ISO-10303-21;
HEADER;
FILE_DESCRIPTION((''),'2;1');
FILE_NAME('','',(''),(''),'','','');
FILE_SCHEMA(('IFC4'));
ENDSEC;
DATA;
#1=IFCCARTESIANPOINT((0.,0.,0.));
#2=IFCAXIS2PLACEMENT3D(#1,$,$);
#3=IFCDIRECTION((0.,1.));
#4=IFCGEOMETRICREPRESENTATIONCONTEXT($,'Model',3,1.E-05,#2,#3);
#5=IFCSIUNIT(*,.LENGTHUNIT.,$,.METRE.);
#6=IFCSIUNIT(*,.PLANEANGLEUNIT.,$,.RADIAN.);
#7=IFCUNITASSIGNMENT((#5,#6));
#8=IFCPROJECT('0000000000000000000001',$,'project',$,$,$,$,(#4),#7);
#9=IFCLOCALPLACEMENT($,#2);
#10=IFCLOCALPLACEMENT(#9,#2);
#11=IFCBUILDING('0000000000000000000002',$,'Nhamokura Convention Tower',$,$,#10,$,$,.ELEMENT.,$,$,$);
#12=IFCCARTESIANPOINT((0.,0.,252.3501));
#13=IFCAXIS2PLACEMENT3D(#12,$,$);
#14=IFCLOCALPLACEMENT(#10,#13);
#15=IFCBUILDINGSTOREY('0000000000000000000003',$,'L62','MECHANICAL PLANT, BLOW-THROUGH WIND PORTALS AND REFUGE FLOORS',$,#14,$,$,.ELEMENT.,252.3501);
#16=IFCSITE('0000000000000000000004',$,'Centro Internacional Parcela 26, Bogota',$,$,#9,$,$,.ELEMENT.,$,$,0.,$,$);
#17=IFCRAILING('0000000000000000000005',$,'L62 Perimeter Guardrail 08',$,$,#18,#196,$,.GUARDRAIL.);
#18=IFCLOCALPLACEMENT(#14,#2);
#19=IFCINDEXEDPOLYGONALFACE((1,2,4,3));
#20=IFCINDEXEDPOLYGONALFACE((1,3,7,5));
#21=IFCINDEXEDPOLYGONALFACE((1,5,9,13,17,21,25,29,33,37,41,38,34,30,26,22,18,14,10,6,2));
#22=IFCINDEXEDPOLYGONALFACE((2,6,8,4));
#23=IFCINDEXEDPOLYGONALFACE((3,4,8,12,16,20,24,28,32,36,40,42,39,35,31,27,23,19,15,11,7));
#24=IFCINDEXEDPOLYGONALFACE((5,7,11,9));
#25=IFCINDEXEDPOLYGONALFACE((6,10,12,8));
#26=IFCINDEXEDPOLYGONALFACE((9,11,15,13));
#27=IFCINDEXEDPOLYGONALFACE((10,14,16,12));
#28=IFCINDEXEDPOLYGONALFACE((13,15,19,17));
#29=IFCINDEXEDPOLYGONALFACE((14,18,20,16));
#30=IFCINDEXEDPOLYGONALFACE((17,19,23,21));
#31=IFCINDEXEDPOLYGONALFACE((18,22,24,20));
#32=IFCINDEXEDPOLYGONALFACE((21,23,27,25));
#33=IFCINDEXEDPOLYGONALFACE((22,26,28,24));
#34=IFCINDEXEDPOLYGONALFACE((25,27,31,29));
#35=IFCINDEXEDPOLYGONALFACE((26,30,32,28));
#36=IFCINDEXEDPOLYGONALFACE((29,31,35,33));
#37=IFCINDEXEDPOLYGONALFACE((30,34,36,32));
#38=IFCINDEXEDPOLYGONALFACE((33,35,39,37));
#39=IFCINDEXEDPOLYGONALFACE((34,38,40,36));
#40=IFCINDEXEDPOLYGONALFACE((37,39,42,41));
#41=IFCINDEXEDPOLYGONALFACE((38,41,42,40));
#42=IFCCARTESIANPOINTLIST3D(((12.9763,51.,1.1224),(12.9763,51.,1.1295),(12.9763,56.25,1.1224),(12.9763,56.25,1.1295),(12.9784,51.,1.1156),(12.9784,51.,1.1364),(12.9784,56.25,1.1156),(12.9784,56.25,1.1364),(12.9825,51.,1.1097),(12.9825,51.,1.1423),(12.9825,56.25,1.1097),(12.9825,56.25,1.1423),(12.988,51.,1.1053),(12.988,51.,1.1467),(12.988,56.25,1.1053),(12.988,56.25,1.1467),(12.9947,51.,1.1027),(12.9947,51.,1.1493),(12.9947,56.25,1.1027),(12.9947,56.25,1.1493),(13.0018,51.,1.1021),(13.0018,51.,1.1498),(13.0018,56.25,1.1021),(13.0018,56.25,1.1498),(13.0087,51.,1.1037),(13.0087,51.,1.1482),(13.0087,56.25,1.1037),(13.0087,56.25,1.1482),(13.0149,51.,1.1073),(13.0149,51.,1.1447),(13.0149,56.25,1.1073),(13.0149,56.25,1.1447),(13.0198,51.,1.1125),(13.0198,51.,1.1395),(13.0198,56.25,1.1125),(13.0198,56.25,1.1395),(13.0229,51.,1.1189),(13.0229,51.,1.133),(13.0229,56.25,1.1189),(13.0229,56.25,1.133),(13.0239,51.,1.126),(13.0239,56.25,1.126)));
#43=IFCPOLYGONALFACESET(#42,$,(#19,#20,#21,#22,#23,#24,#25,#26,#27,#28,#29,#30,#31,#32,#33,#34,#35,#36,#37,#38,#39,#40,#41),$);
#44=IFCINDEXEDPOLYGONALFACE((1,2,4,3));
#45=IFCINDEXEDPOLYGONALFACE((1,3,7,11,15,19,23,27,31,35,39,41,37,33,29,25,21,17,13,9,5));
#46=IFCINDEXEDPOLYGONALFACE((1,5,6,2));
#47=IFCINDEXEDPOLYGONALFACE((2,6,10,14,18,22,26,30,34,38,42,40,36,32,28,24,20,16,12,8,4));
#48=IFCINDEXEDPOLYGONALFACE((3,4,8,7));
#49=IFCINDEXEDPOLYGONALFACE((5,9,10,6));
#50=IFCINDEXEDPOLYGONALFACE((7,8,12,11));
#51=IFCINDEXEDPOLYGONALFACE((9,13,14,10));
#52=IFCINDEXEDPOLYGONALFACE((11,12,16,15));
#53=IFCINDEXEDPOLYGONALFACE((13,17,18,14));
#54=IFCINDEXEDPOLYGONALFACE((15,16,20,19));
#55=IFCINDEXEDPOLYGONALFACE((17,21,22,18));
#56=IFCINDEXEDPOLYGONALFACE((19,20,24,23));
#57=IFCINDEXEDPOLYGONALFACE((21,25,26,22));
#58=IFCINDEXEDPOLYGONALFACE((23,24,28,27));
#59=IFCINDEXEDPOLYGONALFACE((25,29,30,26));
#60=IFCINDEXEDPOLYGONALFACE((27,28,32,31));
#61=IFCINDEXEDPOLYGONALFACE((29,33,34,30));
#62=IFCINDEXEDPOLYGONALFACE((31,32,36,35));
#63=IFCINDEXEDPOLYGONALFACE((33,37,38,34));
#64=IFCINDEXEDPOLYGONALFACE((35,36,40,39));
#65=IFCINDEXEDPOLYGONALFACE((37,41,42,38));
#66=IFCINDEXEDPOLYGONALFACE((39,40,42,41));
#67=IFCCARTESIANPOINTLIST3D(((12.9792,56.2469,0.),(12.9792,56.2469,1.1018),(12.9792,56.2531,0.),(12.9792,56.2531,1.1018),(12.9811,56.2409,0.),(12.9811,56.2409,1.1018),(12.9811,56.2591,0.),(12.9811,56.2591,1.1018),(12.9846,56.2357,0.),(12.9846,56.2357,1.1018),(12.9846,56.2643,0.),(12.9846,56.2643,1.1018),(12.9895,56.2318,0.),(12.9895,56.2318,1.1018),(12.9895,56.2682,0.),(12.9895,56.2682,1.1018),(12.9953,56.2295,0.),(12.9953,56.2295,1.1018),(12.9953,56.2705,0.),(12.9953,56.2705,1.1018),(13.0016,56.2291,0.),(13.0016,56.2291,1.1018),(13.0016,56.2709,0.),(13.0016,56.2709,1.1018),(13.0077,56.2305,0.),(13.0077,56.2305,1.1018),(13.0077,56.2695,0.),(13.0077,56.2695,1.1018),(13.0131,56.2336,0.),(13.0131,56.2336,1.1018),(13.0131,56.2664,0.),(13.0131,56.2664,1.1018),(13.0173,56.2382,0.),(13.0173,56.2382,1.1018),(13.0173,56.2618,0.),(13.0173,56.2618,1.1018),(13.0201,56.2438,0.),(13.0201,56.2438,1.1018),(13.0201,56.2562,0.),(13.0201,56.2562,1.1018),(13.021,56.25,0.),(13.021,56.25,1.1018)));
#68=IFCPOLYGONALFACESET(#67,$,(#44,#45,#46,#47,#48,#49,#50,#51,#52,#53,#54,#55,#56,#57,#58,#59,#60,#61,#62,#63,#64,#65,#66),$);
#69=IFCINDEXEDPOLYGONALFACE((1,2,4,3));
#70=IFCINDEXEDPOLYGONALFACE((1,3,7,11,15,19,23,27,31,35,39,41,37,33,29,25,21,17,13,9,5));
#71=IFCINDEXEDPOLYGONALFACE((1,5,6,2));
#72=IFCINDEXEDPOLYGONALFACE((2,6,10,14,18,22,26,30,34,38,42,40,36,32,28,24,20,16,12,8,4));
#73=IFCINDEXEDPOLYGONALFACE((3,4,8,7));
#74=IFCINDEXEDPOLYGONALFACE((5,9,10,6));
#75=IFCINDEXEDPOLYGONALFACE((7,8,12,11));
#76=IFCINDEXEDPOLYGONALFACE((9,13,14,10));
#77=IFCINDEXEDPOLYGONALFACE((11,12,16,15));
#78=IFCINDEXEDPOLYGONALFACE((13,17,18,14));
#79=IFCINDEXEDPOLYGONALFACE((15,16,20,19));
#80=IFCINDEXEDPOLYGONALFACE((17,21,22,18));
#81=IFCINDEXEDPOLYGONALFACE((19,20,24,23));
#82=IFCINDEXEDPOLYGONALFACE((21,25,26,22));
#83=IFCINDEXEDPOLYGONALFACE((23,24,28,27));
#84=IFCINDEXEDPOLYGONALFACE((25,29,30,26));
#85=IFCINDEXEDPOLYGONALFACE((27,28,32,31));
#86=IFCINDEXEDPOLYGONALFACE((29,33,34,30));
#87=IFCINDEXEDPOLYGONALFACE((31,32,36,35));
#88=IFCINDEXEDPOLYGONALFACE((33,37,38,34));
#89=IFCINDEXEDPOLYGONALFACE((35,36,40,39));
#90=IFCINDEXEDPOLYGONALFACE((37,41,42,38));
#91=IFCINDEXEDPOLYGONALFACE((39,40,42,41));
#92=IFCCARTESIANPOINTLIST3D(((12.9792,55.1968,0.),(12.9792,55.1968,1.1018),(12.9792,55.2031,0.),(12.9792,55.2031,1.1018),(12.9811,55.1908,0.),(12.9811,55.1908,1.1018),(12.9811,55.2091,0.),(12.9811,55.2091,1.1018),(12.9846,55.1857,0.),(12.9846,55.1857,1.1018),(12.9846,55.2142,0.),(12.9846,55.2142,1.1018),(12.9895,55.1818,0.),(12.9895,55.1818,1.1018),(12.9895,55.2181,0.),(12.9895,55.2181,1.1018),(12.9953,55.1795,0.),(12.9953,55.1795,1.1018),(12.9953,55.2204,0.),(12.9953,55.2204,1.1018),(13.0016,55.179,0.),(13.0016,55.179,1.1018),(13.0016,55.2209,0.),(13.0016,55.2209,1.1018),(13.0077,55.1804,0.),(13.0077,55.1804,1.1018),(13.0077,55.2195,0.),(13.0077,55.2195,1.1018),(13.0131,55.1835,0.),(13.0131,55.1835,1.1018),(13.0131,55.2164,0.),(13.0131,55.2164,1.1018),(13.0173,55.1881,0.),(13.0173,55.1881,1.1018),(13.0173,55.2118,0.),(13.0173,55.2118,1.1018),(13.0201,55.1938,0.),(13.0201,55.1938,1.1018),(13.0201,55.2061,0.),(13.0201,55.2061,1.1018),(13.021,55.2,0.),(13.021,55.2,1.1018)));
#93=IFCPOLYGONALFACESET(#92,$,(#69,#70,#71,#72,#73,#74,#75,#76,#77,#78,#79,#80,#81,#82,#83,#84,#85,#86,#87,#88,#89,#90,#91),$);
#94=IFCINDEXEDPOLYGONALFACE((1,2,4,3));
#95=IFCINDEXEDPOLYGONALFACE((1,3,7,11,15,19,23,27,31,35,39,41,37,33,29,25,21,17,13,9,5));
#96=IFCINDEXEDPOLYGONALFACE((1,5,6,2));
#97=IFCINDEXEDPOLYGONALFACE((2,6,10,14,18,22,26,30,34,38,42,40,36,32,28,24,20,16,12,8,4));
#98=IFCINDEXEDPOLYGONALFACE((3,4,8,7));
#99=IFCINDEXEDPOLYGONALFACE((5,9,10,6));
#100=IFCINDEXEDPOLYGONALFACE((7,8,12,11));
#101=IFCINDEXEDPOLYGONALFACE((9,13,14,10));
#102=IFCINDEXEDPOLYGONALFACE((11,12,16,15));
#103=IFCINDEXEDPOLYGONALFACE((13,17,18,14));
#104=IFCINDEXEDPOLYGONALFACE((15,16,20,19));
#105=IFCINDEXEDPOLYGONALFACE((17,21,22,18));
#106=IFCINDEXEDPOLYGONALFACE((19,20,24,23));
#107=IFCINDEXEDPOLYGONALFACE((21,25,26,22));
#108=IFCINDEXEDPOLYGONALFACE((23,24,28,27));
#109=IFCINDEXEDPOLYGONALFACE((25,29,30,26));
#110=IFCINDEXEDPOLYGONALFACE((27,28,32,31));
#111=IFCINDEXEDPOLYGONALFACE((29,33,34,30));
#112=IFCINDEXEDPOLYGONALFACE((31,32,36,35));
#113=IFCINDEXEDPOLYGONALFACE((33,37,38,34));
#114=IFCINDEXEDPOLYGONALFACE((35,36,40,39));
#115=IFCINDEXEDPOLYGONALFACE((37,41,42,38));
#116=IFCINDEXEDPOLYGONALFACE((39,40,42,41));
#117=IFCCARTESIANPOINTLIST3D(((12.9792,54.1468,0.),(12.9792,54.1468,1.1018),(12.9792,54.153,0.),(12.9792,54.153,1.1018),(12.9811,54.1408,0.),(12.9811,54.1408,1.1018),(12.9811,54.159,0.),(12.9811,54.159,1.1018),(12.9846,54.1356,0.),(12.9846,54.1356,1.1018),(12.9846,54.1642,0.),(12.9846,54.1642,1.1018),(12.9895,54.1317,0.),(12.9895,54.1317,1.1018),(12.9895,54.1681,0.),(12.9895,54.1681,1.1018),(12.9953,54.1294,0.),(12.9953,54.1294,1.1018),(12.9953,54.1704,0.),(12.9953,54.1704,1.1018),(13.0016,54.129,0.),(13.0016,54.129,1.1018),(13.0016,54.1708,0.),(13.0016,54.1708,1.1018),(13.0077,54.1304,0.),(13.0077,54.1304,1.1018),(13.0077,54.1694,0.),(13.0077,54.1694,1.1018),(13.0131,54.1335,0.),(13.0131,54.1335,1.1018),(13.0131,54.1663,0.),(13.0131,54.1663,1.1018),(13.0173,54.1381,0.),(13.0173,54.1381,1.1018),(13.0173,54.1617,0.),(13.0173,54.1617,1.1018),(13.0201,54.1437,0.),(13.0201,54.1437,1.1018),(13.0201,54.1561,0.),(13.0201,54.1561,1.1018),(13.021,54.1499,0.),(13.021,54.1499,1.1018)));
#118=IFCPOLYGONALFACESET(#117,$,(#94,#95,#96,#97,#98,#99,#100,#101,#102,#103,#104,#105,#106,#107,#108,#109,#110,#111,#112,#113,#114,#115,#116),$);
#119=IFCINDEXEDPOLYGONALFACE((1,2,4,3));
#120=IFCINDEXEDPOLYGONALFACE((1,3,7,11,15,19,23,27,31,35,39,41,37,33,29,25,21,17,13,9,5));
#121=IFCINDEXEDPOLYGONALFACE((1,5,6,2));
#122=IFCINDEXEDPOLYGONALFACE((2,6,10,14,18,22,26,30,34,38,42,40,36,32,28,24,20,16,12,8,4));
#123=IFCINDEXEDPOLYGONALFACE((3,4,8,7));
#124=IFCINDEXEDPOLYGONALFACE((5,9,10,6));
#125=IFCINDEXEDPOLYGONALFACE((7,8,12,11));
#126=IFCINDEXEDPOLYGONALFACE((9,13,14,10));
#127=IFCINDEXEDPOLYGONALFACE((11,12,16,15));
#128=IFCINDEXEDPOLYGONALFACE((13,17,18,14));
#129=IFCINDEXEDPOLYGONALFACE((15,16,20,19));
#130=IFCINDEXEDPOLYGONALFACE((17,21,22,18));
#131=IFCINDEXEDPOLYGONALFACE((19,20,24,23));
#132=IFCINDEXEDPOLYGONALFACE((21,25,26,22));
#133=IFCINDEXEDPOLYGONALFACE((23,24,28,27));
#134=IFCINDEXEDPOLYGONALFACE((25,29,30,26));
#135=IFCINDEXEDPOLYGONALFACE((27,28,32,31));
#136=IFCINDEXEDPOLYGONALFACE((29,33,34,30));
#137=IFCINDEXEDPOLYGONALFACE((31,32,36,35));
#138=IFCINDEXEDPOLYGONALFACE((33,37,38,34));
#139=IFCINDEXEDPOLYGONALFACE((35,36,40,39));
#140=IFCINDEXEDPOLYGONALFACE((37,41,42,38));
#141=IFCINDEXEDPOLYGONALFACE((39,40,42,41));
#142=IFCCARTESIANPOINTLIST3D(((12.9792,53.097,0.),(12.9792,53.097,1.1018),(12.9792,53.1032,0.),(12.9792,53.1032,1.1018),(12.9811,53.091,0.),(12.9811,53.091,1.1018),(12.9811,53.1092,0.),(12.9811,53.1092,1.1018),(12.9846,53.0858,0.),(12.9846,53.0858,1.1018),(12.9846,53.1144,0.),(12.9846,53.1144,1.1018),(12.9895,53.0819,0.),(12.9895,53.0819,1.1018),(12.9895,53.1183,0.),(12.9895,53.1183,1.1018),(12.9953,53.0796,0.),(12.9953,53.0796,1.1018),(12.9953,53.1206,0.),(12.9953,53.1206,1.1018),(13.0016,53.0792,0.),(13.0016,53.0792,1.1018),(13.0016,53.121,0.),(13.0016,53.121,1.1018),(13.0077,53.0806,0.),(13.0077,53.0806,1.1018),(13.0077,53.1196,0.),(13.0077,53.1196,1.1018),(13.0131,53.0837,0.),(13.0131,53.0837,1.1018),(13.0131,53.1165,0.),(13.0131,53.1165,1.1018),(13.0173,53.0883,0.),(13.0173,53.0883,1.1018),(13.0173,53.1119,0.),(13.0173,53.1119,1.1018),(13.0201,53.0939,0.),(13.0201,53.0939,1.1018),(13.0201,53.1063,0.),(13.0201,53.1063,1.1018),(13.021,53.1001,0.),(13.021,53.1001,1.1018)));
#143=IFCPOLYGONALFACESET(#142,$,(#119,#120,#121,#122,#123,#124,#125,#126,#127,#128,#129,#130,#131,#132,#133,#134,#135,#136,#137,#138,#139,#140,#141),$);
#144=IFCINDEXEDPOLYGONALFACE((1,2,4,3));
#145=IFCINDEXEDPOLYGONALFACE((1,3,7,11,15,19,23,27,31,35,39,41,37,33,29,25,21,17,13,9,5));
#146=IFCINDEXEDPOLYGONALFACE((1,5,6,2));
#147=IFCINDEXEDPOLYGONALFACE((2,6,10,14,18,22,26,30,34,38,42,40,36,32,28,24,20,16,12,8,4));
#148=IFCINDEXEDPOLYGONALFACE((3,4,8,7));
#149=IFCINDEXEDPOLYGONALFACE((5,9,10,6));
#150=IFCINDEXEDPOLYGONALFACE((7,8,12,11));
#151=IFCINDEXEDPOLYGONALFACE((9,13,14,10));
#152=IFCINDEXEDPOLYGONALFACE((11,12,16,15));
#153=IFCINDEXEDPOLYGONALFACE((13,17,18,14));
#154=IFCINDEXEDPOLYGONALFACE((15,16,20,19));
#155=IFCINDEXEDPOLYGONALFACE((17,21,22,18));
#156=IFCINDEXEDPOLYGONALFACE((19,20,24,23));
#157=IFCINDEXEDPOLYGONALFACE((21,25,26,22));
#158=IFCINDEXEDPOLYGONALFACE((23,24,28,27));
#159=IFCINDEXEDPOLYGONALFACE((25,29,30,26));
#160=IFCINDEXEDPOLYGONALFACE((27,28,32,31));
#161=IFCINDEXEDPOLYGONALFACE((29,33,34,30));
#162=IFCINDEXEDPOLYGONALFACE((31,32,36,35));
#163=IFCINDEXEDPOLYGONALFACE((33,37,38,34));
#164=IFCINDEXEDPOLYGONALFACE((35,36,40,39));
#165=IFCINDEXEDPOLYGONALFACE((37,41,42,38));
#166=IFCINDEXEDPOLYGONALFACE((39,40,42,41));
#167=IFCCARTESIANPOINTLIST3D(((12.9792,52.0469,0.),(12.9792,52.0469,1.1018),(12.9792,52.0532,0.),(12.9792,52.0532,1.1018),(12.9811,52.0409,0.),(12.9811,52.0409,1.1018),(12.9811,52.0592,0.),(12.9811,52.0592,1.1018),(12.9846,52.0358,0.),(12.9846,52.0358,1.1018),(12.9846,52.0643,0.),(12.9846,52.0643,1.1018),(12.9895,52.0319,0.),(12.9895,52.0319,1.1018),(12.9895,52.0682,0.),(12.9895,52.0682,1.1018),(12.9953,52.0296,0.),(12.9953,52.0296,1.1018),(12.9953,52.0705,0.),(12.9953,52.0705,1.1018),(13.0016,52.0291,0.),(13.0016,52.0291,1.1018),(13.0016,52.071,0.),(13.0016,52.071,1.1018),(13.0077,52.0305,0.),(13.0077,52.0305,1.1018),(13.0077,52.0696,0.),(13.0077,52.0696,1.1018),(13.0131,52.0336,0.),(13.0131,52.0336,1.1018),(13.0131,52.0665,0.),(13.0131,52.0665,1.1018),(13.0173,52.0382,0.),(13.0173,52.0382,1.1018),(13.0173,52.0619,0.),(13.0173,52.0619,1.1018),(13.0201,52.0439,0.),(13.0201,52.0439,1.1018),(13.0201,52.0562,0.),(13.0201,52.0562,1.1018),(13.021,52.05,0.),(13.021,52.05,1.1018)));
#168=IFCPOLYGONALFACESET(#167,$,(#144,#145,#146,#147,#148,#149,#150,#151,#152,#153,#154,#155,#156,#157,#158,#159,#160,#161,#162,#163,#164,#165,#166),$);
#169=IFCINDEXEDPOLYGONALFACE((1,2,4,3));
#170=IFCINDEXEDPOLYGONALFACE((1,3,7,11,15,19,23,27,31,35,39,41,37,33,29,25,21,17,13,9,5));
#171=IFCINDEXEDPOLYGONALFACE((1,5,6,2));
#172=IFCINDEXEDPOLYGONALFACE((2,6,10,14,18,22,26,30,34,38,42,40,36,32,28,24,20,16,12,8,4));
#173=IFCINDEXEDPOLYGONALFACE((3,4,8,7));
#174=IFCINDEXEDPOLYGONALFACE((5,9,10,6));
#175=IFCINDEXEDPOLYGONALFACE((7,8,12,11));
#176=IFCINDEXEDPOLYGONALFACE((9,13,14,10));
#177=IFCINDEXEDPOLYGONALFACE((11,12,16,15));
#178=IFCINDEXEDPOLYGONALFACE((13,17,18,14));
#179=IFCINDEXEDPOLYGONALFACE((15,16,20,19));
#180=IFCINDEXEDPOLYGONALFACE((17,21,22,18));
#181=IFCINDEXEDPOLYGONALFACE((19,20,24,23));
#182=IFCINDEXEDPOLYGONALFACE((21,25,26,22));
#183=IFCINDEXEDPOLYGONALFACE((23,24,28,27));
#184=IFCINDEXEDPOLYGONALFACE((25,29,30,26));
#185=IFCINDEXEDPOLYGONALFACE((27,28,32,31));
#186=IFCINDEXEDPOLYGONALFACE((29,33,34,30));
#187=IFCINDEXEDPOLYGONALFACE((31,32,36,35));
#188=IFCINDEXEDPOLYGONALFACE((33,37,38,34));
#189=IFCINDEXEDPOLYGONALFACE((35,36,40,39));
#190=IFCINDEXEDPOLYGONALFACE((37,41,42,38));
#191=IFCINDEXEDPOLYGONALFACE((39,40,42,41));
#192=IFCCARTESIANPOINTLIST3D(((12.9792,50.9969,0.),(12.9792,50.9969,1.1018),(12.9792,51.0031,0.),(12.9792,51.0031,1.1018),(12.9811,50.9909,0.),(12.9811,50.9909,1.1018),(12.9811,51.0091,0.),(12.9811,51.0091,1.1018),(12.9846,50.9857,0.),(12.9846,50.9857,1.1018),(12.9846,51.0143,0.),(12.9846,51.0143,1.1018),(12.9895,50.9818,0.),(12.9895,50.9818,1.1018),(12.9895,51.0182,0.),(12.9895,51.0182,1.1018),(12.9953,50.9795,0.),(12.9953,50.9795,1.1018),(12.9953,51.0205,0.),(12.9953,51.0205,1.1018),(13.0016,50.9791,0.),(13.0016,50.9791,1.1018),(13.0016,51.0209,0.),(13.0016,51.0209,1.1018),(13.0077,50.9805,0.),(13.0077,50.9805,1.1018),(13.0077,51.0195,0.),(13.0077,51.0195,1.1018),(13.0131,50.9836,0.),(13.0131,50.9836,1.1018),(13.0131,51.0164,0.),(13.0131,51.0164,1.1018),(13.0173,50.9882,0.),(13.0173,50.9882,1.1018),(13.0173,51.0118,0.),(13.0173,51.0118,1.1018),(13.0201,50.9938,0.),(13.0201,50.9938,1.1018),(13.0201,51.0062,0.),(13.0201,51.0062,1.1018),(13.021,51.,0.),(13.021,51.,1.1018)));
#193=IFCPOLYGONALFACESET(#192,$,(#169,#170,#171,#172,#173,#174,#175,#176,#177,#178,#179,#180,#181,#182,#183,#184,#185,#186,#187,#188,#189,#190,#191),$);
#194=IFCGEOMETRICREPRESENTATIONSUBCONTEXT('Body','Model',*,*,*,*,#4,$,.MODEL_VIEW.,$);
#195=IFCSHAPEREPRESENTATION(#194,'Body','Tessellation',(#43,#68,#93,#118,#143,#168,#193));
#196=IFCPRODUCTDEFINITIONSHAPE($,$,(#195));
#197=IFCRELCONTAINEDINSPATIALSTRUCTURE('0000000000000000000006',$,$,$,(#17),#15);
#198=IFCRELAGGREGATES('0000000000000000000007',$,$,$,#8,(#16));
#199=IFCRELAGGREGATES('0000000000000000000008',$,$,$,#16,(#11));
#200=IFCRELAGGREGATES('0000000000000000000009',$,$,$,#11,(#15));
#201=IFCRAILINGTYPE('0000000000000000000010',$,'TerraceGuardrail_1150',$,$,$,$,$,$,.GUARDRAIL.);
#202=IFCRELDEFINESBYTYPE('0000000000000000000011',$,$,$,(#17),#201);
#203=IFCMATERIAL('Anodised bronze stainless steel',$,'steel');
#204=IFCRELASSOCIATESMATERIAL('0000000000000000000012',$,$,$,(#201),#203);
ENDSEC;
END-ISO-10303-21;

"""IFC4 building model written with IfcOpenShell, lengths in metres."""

from ifc_helpers import new_model, si_unit, direction, frame, origin, origin_2d, place, context, subcontext, project, spatial, circle, extrude, material, type_object, element, save


model = new_model("IFC4")

# Units and contexts
model_context = context("Model", 3, precision=1e-05, world=origin(), true_north=direction((0.0, 1.0)))
body_context = subcontext(model_context, "Body", "Model", "MODEL_VIEW")
ifc_project = project(units=[si_unit("LENGTHUNIT", "METRE"), si_unit("PLANEANGLEUNIT", "RADIAN")], contexts=[model_context])

# Site, building, storey
site_placement = place(None, origin())
site = spatial("IfcSite", under=ifc_project, at=site_placement, Name="Centro Internacional Parcela 26, Bogota", CompositionType="ELEMENT", RefElevation=0.0)
building_placement = place(site_placement, origin())
building = spatial("IfcBuilding", under=site, at=building_placement, Name="Nhamokura Convention Tower", CompositionType="ELEMENT")
storey_placement = place(building_placement, frame((0.0, 0.0, 252.3501)))
storey = spatial("IfcBuildingStorey", under=building, at=storey_placement, Name="L62", Description="MECHANICAL PLANT, BLOW-THROUGH WIND PORTALS AND REFUGE FLOORS", CompositionType="ELEMENT", Elevation=252.3501)

# Railing
ifc_material_1 = material(Name="Anodised bronze stainless steel", Category="steel")
railing_type = type_object("IfcRailingType", Name="TerraceGuardrail_1150", PredefinedType="GUARDRAIL", material=ifc_material_1)
railing_1_placement = place(storey_placement, frame((13.0, 56.25, 0.0)))
element("IfcRailing", 1, at=railing_1_placement, inside=storey, type_object=railing_type, Name="L62 Perimeter Guardrail 08", PredefinedType="GUARDRAIL", context=body_context, shape_type="SweptSolid", body=[
    extrude(circle(Radius=0.0239, at=origin_2d()), frame((0.0, 0.0, 1.126), z_axis=(0.0, -1.0, 0.0), x_axis=(1.0, 0.0, 0.0)), (0.0, 0.0, 1.0), 5.25),
    extrude(circle(Radius=0.021, at=origin_2d()), origin(), (0.0, 0.0, 1.0), 1.1018),
    extrude(circle(Radius=0.021, at=origin_2d()), frame((0.0, -1.05, 0.0)), (0.0, 0.0, 1.0), 1.1018),
    extrude(circle(Radius=0.021, at=origin_2d()), frame((0.0, -2.1001, 0.0)), (0.0, 0.0, 1.0), 1.1018),
    extrude(circle(Radius=0.021, at=origin_2d()), frame((0.0, -3.1499, 0.0)), (0.0, 0.0, 1.0), 1.1018),
    extrude(circle(Radius=0.021, at=origin_2d()), frame((0.0, -4.2, 0.0)), (0.0, 0.0, 1.0), 1.1018),
    extrude(circle(Radius=0.021, at=origin_2d()), frame((0.0, -5.25, 0.0)), (0.0, 0.0, 1.0), 1.1018),
])

save(model, "model.ifc")
